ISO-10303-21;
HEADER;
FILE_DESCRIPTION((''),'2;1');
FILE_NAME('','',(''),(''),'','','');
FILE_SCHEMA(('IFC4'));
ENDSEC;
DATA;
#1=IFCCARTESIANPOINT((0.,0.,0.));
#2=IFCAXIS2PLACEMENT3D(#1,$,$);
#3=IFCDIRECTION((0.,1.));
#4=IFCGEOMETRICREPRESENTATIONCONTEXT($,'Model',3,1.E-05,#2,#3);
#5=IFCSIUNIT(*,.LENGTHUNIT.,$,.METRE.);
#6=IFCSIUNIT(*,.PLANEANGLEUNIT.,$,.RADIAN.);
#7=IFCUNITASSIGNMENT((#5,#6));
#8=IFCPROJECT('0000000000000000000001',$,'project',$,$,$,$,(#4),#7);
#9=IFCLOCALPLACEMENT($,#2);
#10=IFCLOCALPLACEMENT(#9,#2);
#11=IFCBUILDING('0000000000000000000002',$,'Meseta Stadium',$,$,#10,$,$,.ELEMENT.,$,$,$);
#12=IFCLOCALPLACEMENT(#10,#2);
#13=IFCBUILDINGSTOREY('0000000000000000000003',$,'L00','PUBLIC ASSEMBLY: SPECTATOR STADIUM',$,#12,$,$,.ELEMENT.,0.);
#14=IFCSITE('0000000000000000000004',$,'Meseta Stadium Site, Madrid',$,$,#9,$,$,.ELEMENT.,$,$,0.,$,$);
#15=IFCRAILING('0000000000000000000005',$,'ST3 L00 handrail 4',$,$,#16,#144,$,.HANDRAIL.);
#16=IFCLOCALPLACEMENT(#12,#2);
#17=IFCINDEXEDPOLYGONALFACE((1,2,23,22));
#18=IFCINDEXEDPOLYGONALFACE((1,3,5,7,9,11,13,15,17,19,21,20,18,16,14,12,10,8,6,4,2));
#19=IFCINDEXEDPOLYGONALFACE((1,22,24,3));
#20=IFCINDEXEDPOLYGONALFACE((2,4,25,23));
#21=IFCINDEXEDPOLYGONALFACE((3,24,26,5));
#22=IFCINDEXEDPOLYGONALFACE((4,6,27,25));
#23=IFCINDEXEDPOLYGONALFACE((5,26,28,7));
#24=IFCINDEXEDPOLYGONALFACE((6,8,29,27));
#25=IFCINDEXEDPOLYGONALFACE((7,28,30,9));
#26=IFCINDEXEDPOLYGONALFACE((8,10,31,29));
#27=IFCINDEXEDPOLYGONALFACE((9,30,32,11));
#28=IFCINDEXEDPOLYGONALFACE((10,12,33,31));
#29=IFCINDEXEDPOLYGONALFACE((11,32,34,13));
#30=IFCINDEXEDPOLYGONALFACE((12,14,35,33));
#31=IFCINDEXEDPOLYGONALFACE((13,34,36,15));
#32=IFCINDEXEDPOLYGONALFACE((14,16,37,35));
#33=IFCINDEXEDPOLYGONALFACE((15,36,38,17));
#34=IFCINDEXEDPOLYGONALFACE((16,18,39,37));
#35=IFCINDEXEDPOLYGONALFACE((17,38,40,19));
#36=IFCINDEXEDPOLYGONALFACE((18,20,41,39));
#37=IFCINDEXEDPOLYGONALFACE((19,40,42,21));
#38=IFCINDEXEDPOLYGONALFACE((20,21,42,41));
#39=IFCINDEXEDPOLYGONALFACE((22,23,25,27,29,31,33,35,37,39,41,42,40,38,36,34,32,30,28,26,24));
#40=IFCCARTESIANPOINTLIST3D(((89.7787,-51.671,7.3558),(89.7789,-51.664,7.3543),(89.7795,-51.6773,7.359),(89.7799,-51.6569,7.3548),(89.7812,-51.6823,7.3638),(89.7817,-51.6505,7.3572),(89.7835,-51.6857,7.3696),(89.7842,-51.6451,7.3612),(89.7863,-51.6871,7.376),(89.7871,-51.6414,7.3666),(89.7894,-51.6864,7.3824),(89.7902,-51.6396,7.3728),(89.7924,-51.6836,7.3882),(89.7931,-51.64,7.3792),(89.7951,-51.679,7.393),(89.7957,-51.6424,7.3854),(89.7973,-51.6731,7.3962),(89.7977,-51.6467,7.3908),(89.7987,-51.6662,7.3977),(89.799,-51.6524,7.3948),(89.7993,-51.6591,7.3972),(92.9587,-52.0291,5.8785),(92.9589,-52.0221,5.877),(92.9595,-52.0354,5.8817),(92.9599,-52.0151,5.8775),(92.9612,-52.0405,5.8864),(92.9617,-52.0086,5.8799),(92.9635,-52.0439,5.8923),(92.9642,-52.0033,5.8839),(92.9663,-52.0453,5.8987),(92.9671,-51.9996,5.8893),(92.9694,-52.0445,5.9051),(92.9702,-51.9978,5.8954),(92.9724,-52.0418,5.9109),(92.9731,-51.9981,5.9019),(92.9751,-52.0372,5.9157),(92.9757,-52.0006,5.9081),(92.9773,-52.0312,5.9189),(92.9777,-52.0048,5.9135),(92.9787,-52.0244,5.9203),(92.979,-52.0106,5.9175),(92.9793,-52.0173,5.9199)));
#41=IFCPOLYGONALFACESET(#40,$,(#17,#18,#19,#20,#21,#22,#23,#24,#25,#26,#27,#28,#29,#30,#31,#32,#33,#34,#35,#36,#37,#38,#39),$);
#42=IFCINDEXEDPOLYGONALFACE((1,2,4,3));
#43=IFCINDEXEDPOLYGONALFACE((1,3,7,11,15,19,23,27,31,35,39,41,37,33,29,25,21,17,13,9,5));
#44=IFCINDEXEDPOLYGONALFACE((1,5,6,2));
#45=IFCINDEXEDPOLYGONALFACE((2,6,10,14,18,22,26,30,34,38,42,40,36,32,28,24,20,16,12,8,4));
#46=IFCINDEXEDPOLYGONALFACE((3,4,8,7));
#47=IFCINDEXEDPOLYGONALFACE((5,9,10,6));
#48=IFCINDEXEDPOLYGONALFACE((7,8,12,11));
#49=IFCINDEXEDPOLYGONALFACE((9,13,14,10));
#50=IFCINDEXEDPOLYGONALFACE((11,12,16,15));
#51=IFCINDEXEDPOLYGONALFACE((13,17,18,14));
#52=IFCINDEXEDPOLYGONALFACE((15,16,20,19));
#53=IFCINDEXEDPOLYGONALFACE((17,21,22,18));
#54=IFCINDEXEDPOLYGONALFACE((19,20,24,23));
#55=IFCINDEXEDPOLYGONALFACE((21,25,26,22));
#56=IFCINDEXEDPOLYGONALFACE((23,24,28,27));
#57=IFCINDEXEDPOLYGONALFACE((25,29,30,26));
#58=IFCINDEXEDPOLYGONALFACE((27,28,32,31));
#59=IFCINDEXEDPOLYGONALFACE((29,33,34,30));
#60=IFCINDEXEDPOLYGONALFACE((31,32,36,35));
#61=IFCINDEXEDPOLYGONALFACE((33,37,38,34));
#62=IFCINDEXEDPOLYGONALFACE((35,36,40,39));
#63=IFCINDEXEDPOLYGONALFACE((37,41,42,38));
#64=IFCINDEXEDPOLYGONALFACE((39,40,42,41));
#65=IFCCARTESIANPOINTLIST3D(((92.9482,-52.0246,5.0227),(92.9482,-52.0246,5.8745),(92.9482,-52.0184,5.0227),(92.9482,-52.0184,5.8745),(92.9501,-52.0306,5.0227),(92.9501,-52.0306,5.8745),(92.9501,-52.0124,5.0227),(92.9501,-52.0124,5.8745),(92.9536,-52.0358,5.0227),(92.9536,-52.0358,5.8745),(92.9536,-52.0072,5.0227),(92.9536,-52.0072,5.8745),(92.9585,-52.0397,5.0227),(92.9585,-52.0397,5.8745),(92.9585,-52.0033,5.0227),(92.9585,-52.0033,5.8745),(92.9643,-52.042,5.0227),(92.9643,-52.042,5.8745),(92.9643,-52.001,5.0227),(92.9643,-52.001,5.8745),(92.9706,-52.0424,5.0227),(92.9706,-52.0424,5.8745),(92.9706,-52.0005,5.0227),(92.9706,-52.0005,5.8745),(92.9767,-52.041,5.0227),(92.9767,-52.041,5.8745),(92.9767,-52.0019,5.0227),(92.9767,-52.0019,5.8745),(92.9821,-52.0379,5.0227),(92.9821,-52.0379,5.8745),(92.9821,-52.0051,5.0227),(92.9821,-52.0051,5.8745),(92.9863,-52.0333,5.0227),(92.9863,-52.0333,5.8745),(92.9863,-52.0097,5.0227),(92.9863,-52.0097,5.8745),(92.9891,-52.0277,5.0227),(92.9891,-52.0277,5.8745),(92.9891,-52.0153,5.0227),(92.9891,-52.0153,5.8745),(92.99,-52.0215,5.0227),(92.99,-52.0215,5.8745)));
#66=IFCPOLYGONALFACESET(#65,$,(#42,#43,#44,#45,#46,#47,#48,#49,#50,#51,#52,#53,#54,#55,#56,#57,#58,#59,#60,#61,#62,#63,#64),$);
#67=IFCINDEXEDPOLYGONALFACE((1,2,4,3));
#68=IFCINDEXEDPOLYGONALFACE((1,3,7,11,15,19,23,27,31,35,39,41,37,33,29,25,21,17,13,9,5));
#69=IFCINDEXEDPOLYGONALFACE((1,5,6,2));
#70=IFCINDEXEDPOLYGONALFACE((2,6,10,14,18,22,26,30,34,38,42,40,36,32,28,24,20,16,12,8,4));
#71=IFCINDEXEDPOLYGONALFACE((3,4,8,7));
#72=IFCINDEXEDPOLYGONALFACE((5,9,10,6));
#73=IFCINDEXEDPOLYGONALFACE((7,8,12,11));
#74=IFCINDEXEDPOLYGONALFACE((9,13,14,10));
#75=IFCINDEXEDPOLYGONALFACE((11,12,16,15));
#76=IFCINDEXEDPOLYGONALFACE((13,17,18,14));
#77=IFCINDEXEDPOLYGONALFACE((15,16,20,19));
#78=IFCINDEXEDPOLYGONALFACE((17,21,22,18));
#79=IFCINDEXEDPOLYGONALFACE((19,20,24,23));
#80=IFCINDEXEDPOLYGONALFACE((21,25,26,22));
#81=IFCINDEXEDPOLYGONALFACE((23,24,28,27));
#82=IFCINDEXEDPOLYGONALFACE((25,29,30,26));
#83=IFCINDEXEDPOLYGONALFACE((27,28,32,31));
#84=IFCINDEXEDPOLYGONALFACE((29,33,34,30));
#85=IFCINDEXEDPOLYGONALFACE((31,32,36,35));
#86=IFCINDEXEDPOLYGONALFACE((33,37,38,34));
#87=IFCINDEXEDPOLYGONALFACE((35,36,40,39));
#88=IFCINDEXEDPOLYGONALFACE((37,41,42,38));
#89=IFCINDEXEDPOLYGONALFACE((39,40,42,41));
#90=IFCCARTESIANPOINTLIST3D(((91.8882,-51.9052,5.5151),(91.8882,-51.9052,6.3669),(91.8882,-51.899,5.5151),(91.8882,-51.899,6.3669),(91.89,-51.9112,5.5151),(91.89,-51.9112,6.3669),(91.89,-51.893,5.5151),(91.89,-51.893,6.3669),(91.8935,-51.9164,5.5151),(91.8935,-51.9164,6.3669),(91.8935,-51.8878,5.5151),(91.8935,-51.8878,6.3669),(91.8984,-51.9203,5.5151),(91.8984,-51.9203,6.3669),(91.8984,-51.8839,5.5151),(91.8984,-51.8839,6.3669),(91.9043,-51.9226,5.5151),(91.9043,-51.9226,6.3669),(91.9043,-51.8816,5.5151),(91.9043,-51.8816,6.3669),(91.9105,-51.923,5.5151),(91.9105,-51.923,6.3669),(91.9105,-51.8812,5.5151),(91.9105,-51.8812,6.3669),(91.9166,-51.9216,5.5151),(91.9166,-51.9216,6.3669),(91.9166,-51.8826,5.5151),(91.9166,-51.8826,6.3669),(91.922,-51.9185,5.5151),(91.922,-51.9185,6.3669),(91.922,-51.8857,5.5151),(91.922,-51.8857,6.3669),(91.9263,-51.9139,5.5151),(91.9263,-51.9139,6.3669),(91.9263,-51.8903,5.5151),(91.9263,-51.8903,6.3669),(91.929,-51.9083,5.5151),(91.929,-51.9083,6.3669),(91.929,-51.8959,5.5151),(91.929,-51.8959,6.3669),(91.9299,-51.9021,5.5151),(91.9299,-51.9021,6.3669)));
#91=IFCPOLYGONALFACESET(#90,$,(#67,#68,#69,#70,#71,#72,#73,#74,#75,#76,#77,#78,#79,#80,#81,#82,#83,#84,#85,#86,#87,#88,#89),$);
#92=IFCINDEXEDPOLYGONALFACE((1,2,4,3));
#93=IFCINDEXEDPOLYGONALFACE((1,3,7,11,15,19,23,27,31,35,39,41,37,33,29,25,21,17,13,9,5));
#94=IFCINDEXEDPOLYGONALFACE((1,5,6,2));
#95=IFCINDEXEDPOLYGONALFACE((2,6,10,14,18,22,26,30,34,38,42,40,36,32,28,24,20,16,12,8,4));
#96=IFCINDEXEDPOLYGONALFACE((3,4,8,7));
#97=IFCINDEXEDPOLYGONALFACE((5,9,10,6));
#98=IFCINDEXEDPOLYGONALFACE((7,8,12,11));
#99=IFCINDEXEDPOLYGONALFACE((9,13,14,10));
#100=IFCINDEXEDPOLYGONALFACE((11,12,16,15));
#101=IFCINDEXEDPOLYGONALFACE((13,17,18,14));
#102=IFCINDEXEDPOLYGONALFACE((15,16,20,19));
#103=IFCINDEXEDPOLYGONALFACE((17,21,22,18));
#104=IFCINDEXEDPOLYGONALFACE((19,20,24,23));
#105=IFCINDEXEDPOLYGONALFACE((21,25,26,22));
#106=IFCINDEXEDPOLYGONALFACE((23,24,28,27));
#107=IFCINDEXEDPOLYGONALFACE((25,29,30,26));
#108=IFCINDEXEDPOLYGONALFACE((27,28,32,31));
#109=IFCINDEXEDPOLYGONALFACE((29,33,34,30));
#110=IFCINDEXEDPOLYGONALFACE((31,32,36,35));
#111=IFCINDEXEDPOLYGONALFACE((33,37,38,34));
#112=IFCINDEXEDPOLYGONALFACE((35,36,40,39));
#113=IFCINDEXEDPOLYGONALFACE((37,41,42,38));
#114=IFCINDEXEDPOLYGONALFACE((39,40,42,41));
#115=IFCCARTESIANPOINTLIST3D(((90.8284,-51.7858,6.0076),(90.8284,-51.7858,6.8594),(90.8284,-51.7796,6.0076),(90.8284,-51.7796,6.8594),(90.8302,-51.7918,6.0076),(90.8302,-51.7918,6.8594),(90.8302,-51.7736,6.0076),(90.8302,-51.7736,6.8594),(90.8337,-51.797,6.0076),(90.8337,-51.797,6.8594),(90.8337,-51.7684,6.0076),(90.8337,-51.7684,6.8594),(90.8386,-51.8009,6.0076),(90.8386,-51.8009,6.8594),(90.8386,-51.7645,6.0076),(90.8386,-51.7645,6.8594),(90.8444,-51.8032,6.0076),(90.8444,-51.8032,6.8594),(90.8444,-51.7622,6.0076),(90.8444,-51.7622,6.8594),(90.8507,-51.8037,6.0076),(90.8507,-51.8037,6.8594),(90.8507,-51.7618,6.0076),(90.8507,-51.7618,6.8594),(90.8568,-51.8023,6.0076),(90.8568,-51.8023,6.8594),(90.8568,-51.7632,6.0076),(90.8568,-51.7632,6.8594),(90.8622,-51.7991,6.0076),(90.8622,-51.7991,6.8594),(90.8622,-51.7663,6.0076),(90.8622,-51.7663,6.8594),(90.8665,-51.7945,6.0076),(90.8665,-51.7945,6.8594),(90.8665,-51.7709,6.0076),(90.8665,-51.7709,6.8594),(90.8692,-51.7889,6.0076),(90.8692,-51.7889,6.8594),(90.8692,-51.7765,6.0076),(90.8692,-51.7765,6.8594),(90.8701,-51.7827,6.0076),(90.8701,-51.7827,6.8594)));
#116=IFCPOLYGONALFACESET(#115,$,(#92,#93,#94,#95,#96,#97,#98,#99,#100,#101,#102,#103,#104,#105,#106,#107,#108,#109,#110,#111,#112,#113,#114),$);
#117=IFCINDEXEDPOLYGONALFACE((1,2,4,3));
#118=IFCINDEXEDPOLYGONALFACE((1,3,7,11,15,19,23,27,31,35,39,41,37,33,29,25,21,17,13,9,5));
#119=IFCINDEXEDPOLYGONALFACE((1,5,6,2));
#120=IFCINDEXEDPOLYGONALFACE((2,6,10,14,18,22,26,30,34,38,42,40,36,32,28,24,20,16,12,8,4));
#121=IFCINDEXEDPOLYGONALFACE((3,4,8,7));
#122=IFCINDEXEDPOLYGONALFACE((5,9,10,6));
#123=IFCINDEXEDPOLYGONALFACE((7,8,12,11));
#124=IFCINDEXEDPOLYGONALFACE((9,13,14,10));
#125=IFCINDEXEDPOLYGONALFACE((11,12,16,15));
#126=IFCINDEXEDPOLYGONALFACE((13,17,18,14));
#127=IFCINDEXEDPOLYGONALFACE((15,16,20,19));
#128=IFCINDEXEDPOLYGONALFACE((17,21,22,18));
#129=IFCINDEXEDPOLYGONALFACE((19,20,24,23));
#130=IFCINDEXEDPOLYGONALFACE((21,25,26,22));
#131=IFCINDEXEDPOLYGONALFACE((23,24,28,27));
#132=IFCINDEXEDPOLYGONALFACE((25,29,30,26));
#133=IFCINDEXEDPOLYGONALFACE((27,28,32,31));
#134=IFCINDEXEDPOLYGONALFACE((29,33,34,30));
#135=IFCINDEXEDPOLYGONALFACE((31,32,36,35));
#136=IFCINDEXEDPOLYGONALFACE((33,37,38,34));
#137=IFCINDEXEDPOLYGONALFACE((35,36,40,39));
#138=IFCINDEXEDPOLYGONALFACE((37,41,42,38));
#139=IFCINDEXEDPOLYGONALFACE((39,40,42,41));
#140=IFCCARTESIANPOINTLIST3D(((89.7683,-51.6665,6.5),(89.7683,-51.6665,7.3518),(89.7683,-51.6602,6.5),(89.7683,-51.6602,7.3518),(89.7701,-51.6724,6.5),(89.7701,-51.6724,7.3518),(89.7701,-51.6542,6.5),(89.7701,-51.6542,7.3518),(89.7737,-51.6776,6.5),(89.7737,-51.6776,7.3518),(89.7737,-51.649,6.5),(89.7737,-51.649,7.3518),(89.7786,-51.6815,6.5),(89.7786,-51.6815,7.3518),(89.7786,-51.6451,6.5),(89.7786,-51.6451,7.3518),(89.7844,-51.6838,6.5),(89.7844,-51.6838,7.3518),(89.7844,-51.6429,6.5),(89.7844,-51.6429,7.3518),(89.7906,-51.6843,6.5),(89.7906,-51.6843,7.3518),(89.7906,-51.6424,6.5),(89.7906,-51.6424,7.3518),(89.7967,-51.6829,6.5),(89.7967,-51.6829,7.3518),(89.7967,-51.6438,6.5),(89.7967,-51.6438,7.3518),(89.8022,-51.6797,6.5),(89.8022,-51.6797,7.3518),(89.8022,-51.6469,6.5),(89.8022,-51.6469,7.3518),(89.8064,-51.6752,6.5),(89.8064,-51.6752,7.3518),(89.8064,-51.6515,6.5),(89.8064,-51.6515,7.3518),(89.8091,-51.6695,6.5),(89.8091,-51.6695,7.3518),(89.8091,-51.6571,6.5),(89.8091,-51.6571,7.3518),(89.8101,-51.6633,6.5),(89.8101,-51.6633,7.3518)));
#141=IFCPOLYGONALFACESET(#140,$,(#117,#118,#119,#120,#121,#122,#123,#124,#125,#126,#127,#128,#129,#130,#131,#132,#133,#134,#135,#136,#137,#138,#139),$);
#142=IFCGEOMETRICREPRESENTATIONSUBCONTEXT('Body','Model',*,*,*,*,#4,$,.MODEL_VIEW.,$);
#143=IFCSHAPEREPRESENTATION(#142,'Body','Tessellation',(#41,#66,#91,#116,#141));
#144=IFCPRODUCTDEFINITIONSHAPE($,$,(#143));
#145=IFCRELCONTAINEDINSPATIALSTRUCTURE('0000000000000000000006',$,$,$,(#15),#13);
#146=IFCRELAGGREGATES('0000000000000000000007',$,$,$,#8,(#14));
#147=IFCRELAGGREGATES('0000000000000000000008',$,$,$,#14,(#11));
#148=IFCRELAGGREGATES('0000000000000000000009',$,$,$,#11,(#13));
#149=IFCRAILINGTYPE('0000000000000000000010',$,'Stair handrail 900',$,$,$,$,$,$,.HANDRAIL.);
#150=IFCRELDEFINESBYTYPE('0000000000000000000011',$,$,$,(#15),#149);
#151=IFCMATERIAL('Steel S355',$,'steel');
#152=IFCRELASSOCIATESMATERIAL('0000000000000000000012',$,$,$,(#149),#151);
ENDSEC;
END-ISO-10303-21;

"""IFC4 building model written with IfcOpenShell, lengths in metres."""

from ifc_helpers import new_model, si_unit, direction, frame, origin, origin_2d, place, context, subcontext, project, spatial, circle, extrude, material, type_object, element, save


model = new_model("IFC4")

# Units and contexts
model_context = context("Model", 3, precision=1e-05, world=origin(), true_north=direction((0.0, 1.0)))
body_context = subcontext(model_context, "Body", "Model", "MODEL_VIEW")
ifc_project = project(units=[si_unit("LENGTHUNIT", "METRE"), si_unit("PLANEANGLEUNIT", "RADIAN")], contexts=[model_context])

# Site, building, storey
site_placement = place(None, origin())
site = spatial("IfcSite", under=ifc_project, at=site_placement, Name="Meseta Stadium Site, Madrid", CompositionType="ELEMENT", RefElevation=0.0)
building_placement = place(site_placement, origin())
building = spatial("IfcBuilding", under=site, at=building_placement, Name="Meseta Stadium", CompositionType="ELEMENT")
storey_placement = place(building_placement, origin())
storey = spatial("IfcBuildingStorey", under=building, at=storey_placement, Name="L00", Description="PUBLIC ASSEMBLY: SPECTATOR STADIUM", CompositionType="ELEMENT", Elevation=0.0)

# Railing
ifc_material_1 = material(Name="Steel S355", Category="steel")
railing_type_1 = type_object("IfcRailingType", Name="Stair handrail 900", PredefinedType="HANDRAIL", material=ifc_material_1)
for number, where, name in (
    (1, (92.969, -52.0215, 5.0227), "ST3 L00 handrail 4"),
):
    element("IfcRailing", number, at=place(storey_placement, frame(where)), inside=storey, type_object=railing_type_1, Name=name, PredefinedType="HANDRAIL", context=body_context, shape_type="SweptSolid", body=[
        extrude(circle(Radius=0.0239, at=origin_2d()), frame((0.0, 0.0, 0.876), z_axis=(-0.902217, 0.101616, 0.419141), x_axis=(-0.111922, -0.993717, 0.0)), (0.0, 0.0, 1.0), 3.5247),
        extrude(circle(Radius=0.021, at=origin_2d()), origin(), (0.0, 0.0, 1.0), 0.8518),
        extrude(circle(Radius=0.021, at=origin_2d()), frame((-1.0601, 0.1194, 0.4924)), (0.0, 0.0, 1.0), 0.8518),
        extrude(circle(Radius=0.021, at=origin_2d()), frame((-2.1199, 0.2388, 0.9849)), (0.0, 0.0, 1.0), 0.8518),
        extrude(circle(Radius=0.021, at=origin_2d()), frame((-3.1799, 0.3582, 1.4773)), (0.0, 0.0, 1.0), 0.8518),
    ])

save(model, "model.ifc")
